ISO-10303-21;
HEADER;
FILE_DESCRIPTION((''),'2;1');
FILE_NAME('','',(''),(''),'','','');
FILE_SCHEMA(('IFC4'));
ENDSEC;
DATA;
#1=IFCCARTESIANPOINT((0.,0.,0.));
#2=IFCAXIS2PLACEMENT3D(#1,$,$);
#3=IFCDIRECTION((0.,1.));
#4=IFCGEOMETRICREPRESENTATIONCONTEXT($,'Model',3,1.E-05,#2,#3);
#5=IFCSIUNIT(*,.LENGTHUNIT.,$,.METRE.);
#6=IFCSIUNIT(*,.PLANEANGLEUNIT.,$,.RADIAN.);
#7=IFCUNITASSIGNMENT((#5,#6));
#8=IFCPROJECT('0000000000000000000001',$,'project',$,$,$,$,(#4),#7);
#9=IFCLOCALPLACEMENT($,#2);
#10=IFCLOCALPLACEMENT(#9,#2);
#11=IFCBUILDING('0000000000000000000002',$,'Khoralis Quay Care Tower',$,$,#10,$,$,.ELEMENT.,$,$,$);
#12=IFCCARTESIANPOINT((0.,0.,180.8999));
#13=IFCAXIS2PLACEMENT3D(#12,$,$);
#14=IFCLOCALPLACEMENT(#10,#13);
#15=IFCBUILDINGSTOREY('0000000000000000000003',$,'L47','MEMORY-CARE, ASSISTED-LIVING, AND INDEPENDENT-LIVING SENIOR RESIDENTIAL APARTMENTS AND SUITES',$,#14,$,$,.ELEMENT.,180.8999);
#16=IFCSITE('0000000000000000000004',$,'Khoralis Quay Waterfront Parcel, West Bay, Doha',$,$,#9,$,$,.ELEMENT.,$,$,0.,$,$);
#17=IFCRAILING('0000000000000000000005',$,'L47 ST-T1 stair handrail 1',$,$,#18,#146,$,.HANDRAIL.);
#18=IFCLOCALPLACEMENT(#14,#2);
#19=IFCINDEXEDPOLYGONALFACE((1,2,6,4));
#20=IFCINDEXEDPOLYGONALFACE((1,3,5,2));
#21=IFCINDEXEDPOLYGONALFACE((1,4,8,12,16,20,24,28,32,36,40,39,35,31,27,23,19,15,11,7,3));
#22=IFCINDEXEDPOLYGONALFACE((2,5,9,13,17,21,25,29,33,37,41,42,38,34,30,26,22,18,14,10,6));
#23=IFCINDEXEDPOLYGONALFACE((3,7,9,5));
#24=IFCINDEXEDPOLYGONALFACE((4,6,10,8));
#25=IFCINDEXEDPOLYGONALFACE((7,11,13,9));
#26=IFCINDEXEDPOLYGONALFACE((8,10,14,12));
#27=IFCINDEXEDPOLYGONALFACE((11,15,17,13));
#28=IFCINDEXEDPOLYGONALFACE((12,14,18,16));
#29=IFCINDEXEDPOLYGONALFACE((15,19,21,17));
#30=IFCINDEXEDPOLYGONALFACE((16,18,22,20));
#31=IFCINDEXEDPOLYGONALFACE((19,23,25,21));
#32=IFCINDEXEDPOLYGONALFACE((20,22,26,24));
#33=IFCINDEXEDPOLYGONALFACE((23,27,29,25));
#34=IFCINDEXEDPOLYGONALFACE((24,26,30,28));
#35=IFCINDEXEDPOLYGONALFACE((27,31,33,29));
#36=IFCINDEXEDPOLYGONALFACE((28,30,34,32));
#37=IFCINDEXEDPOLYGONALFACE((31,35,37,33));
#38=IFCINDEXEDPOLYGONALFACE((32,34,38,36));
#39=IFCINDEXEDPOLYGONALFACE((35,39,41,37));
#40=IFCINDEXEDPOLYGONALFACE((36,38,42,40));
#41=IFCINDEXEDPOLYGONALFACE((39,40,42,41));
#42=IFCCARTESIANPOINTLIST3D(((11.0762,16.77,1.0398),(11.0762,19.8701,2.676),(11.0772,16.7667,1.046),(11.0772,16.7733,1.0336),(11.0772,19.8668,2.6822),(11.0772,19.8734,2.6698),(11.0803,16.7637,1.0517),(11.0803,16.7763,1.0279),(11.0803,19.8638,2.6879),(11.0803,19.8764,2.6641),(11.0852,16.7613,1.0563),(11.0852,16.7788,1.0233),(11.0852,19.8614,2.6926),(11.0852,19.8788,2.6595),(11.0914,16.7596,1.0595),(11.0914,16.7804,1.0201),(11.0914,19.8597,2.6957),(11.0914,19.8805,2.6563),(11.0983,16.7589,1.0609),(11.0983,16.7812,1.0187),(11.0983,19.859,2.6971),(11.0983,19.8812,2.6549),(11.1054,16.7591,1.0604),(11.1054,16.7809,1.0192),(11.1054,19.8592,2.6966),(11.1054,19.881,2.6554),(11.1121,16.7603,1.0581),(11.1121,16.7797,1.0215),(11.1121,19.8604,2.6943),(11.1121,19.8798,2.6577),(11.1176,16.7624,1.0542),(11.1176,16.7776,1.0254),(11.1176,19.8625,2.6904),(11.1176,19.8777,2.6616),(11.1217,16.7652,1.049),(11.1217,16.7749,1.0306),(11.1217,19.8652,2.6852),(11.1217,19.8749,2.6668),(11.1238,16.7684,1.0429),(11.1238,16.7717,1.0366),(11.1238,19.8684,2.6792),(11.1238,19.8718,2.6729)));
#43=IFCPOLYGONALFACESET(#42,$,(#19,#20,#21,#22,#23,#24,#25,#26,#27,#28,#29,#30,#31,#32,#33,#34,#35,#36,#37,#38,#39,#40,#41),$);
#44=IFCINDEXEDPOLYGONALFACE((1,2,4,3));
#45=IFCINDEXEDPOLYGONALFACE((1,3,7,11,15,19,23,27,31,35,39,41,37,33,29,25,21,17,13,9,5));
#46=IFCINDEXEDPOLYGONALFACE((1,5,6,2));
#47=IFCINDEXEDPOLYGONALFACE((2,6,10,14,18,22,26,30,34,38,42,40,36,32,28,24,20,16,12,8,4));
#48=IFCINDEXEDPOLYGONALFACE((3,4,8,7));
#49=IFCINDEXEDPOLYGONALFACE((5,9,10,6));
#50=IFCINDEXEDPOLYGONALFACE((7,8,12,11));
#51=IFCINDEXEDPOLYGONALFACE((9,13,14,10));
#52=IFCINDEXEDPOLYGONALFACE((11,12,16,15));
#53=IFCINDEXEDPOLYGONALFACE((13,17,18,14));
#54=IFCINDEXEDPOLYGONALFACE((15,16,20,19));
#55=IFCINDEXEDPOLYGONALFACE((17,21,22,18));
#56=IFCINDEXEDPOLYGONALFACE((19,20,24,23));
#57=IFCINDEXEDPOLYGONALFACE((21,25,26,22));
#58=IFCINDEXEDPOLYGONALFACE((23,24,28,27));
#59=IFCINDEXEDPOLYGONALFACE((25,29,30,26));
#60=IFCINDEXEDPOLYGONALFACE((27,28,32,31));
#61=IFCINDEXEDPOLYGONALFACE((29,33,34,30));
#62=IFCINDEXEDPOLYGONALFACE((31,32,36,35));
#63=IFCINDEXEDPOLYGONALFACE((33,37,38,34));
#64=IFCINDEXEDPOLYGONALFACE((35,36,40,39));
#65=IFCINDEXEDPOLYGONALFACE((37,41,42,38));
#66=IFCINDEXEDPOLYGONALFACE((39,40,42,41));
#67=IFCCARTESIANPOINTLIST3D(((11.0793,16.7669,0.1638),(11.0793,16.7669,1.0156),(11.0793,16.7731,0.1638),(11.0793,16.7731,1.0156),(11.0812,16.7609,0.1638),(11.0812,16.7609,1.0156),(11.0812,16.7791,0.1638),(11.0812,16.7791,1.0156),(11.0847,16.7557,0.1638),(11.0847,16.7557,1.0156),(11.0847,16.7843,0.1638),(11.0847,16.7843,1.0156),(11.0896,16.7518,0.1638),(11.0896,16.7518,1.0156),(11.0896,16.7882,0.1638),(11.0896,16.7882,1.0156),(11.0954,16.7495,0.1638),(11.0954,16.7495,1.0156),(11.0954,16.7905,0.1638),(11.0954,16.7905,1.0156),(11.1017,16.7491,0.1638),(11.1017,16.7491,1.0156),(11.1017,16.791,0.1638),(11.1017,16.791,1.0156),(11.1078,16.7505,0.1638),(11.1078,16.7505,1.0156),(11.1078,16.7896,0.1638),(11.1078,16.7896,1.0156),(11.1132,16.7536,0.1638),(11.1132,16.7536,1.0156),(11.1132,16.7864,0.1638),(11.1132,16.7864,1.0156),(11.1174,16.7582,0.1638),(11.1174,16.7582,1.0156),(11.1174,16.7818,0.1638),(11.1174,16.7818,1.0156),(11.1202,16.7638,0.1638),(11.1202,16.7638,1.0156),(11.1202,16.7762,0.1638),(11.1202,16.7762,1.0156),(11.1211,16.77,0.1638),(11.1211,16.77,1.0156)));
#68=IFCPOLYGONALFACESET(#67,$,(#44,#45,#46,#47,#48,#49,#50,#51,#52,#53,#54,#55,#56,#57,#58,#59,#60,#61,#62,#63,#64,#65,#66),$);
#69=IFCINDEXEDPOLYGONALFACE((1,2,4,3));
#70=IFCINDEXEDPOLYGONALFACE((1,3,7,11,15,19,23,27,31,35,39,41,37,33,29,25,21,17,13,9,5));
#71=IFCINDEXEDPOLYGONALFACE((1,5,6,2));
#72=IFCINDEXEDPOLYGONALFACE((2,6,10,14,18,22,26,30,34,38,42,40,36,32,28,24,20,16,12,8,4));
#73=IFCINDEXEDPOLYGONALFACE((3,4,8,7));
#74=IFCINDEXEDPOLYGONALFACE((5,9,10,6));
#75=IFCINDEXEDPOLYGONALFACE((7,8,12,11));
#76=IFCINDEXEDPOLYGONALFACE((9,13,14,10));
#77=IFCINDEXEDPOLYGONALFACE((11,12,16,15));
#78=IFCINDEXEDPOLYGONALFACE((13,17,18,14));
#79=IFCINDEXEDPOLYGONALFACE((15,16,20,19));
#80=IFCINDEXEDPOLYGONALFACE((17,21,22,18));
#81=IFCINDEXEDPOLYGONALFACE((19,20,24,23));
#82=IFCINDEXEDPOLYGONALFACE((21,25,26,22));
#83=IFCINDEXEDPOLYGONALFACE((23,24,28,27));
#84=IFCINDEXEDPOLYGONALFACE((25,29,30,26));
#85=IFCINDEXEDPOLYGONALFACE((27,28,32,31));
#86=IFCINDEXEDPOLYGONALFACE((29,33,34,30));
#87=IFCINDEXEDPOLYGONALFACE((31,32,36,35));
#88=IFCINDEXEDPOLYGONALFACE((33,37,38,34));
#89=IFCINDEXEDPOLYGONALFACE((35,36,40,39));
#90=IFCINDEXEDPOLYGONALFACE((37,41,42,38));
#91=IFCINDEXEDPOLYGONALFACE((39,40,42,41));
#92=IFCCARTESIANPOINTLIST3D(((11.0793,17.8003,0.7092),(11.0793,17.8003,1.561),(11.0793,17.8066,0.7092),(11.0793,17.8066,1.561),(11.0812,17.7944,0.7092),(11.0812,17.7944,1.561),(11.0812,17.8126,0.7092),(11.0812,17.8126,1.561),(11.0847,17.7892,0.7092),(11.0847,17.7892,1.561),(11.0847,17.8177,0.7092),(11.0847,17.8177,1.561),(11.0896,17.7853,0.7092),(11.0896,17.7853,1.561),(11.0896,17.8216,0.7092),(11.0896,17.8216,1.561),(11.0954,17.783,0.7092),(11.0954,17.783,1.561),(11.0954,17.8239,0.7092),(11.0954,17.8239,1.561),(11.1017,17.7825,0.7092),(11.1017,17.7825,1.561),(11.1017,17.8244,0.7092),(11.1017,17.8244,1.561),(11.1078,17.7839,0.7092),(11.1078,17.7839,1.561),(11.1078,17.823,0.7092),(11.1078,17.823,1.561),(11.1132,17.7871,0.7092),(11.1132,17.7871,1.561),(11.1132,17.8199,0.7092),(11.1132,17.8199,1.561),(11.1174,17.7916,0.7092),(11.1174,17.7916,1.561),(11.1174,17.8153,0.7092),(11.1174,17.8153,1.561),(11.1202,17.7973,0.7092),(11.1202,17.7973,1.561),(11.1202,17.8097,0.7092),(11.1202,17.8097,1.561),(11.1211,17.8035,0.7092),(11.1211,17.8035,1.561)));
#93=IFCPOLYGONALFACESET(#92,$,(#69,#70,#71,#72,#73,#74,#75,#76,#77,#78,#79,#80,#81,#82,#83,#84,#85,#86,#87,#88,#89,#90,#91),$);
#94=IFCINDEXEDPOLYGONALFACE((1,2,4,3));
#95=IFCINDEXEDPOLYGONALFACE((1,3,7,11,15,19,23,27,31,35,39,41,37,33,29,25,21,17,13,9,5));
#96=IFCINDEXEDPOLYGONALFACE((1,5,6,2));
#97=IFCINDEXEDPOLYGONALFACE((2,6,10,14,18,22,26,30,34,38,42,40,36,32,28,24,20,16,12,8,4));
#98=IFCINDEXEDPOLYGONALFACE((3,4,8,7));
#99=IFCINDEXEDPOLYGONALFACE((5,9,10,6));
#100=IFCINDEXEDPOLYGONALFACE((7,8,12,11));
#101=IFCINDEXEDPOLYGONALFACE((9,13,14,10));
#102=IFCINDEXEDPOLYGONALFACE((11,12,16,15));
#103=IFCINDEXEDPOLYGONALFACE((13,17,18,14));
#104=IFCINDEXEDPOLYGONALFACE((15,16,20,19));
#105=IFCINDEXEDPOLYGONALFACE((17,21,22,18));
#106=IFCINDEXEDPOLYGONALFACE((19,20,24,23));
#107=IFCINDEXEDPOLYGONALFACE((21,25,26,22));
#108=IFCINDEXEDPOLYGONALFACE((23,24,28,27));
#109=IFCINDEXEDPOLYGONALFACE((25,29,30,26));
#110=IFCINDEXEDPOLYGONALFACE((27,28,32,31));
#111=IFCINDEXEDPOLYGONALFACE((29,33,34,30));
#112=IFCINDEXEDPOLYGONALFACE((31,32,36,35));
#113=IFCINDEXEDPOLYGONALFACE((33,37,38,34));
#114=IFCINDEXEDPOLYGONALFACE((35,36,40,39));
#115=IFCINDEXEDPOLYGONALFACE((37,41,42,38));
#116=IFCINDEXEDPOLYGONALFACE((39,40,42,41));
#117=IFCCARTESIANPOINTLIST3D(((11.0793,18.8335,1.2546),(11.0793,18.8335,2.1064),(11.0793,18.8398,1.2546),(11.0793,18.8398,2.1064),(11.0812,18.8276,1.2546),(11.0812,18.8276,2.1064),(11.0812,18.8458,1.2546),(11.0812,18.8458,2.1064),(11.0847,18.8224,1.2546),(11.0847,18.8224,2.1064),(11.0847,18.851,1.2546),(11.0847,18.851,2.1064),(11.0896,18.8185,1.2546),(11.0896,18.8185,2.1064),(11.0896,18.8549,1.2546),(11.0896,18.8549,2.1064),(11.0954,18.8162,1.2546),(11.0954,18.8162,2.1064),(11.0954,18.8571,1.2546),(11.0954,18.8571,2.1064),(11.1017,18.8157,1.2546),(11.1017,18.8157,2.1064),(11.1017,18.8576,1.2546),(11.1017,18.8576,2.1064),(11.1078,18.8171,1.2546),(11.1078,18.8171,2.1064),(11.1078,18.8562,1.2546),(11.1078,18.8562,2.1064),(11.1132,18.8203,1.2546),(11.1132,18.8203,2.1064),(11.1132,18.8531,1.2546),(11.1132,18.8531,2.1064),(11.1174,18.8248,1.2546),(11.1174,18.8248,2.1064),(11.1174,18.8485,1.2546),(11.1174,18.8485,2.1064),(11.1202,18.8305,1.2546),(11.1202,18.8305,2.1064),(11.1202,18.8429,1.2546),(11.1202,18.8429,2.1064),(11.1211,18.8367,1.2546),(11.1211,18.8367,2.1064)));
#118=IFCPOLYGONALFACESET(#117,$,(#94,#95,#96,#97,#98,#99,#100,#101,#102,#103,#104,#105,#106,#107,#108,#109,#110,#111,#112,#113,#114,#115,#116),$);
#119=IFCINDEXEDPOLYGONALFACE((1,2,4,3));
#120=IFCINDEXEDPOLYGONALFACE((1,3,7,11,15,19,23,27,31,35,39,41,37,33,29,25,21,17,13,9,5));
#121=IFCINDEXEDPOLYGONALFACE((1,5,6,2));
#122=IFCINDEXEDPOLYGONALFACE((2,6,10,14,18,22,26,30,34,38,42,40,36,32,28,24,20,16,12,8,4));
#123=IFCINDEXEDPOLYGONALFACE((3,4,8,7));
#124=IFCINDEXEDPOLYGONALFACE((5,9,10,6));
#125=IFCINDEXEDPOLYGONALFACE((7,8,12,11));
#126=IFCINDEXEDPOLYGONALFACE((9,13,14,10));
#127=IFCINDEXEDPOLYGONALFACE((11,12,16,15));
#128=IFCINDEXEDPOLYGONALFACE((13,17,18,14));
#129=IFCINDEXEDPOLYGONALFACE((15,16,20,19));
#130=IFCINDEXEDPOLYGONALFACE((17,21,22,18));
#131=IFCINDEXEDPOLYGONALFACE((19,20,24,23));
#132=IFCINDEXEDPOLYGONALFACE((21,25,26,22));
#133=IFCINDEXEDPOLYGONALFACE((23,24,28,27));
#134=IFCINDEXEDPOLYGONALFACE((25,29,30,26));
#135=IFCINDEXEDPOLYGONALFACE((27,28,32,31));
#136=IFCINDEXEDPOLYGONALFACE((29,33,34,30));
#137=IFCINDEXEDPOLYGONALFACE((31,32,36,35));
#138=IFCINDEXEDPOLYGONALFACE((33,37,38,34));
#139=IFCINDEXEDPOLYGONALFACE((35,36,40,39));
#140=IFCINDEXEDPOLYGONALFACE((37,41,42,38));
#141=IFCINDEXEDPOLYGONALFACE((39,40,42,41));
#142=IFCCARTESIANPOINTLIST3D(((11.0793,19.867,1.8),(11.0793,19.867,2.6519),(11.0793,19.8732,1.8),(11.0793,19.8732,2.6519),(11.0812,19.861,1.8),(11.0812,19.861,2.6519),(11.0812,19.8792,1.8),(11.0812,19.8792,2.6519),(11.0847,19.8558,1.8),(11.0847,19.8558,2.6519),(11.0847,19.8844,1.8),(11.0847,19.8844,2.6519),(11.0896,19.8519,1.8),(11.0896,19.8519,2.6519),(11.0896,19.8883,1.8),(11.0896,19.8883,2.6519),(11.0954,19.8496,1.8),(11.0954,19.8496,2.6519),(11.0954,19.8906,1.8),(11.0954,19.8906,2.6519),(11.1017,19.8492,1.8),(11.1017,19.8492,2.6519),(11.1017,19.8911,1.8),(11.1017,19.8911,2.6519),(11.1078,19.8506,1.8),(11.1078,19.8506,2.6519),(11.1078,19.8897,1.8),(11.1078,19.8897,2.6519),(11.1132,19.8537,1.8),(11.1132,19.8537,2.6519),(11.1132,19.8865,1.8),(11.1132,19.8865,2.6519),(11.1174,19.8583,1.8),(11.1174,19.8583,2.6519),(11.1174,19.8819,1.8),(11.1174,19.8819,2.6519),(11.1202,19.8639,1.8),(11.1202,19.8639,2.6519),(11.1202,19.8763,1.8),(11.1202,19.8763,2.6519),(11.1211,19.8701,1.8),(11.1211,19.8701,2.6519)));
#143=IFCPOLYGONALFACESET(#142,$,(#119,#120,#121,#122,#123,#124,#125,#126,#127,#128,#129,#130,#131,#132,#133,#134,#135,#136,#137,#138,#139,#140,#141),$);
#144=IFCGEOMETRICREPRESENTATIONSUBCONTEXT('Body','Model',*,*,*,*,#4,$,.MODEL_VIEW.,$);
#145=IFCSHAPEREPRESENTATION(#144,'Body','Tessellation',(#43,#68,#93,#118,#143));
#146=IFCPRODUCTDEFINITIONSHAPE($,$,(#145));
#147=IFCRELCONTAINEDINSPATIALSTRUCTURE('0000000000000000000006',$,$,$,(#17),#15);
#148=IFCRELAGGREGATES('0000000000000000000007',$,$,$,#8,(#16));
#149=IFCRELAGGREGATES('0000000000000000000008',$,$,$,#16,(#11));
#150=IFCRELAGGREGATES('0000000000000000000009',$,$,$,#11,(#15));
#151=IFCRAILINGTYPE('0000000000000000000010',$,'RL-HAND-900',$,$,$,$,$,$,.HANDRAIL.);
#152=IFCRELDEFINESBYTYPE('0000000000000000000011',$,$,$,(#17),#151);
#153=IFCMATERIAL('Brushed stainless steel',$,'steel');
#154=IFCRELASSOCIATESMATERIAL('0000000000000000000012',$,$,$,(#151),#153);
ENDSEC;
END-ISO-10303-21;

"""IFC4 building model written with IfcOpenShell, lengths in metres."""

from ifc_helpers import new_model, si_unit, direction, frame, origin, origin_2d, place, context, subcontext, project, spatial, circle, extrude, material, type_object, element, save


model = new_model("IFC4")

# Units and contexts
model_context = context("Model", 3, precision=1e-05, world=origin(), true_north=direction((0.0, 1.0)))
body_context = subcontext(model_context, "Body", "Model", "MODEL_VIEW")
ifc_project = project(units=[si_unit("LENGTHUNIT", "METRE"), si_unit("PLANEANGLEUNIT", "RADIAN")], contexts=[model_context])

# Site, building, storey
site_placement = place(None, origin())
site = spatial("IfcSite", under=ifc_project, at=site_placement, Name="Khoralis Quay Waterfront Parcel, West Bay, Doha", CompositionType="ELEMENT", RefElevation=0.0)
building_placement = place(site_placement, origin())
building = spatial("IfcBuilding", under=site, at=building_placement, Name="Khoralis Quay Care Tower", CompositionType="ELEMENT")
storey_placement = place(building_placement, frame((0.0, 0.0, 180.8999)))
storey = spatial("IfcBuildingStorey", under=building, at=storey_placement, Name="L47", Description="MEMORY-CARE, ASSISTED-LIVING, AND INDEPENDENT-LIVING SENIOR RESIDENTIAL APARTMENTS AND SUITES", CompositionType="ELEMENT", Elevation=180.8999)

# Shared definitions
ifc_material_1 = material(Name="Brushed stainless steel", Category="steel")

# Railing
railing_type_1 = type_object("IfcRailingType", Name="RL-HAND-900", PredefinedType="HANDRAIL", material=ifc_material_1)
railing_1_placement = place(storey_placement, frame((11.1001, 16.77, 0.1638)))
element("IfcRailing", 1, at=railing_1_placement, inside=storey, type_object=railing_type_1, Name="L47 ST-T1 stair handrail 1", PredefinedType="HANDRAIL", context=body_context, shape_type="SweptSolid", body=[
    extrude(circle(Radius=0.0239, at=origin_2d()), frame((0.0, 0.0, 0.876), z_axis=(0.0, 0.884377, 0.466774), x_axis=(-1.0, 0.0, 0.0)), (0.0, 0.0, 1.0), 3.5054),
    extrude(circle(Radius=0.021, at=origin_2d()), origin(), (0.0, 0.0, 1.0), 0.8518),
    extrude(circle(Radius=0.021, at=origin_2d()), frame((0.0, 1.0334, 0.5454)), (0.0, 0.0, 1.0), 0.8518),
    extrude(circle(Radius=0.021, at=origin_2d()), frame((0.0, 2.0667, 1.0908)), (0.0, 0.0, 1.0), 0.8518),
    extrude(circle(Radius=0.021, at=origin_2d()), frame((0.0, 3.1001, 1.6362)), (0.0, 0.0, 1.0), 0.8518),
])

save(model, "model.ifc")
